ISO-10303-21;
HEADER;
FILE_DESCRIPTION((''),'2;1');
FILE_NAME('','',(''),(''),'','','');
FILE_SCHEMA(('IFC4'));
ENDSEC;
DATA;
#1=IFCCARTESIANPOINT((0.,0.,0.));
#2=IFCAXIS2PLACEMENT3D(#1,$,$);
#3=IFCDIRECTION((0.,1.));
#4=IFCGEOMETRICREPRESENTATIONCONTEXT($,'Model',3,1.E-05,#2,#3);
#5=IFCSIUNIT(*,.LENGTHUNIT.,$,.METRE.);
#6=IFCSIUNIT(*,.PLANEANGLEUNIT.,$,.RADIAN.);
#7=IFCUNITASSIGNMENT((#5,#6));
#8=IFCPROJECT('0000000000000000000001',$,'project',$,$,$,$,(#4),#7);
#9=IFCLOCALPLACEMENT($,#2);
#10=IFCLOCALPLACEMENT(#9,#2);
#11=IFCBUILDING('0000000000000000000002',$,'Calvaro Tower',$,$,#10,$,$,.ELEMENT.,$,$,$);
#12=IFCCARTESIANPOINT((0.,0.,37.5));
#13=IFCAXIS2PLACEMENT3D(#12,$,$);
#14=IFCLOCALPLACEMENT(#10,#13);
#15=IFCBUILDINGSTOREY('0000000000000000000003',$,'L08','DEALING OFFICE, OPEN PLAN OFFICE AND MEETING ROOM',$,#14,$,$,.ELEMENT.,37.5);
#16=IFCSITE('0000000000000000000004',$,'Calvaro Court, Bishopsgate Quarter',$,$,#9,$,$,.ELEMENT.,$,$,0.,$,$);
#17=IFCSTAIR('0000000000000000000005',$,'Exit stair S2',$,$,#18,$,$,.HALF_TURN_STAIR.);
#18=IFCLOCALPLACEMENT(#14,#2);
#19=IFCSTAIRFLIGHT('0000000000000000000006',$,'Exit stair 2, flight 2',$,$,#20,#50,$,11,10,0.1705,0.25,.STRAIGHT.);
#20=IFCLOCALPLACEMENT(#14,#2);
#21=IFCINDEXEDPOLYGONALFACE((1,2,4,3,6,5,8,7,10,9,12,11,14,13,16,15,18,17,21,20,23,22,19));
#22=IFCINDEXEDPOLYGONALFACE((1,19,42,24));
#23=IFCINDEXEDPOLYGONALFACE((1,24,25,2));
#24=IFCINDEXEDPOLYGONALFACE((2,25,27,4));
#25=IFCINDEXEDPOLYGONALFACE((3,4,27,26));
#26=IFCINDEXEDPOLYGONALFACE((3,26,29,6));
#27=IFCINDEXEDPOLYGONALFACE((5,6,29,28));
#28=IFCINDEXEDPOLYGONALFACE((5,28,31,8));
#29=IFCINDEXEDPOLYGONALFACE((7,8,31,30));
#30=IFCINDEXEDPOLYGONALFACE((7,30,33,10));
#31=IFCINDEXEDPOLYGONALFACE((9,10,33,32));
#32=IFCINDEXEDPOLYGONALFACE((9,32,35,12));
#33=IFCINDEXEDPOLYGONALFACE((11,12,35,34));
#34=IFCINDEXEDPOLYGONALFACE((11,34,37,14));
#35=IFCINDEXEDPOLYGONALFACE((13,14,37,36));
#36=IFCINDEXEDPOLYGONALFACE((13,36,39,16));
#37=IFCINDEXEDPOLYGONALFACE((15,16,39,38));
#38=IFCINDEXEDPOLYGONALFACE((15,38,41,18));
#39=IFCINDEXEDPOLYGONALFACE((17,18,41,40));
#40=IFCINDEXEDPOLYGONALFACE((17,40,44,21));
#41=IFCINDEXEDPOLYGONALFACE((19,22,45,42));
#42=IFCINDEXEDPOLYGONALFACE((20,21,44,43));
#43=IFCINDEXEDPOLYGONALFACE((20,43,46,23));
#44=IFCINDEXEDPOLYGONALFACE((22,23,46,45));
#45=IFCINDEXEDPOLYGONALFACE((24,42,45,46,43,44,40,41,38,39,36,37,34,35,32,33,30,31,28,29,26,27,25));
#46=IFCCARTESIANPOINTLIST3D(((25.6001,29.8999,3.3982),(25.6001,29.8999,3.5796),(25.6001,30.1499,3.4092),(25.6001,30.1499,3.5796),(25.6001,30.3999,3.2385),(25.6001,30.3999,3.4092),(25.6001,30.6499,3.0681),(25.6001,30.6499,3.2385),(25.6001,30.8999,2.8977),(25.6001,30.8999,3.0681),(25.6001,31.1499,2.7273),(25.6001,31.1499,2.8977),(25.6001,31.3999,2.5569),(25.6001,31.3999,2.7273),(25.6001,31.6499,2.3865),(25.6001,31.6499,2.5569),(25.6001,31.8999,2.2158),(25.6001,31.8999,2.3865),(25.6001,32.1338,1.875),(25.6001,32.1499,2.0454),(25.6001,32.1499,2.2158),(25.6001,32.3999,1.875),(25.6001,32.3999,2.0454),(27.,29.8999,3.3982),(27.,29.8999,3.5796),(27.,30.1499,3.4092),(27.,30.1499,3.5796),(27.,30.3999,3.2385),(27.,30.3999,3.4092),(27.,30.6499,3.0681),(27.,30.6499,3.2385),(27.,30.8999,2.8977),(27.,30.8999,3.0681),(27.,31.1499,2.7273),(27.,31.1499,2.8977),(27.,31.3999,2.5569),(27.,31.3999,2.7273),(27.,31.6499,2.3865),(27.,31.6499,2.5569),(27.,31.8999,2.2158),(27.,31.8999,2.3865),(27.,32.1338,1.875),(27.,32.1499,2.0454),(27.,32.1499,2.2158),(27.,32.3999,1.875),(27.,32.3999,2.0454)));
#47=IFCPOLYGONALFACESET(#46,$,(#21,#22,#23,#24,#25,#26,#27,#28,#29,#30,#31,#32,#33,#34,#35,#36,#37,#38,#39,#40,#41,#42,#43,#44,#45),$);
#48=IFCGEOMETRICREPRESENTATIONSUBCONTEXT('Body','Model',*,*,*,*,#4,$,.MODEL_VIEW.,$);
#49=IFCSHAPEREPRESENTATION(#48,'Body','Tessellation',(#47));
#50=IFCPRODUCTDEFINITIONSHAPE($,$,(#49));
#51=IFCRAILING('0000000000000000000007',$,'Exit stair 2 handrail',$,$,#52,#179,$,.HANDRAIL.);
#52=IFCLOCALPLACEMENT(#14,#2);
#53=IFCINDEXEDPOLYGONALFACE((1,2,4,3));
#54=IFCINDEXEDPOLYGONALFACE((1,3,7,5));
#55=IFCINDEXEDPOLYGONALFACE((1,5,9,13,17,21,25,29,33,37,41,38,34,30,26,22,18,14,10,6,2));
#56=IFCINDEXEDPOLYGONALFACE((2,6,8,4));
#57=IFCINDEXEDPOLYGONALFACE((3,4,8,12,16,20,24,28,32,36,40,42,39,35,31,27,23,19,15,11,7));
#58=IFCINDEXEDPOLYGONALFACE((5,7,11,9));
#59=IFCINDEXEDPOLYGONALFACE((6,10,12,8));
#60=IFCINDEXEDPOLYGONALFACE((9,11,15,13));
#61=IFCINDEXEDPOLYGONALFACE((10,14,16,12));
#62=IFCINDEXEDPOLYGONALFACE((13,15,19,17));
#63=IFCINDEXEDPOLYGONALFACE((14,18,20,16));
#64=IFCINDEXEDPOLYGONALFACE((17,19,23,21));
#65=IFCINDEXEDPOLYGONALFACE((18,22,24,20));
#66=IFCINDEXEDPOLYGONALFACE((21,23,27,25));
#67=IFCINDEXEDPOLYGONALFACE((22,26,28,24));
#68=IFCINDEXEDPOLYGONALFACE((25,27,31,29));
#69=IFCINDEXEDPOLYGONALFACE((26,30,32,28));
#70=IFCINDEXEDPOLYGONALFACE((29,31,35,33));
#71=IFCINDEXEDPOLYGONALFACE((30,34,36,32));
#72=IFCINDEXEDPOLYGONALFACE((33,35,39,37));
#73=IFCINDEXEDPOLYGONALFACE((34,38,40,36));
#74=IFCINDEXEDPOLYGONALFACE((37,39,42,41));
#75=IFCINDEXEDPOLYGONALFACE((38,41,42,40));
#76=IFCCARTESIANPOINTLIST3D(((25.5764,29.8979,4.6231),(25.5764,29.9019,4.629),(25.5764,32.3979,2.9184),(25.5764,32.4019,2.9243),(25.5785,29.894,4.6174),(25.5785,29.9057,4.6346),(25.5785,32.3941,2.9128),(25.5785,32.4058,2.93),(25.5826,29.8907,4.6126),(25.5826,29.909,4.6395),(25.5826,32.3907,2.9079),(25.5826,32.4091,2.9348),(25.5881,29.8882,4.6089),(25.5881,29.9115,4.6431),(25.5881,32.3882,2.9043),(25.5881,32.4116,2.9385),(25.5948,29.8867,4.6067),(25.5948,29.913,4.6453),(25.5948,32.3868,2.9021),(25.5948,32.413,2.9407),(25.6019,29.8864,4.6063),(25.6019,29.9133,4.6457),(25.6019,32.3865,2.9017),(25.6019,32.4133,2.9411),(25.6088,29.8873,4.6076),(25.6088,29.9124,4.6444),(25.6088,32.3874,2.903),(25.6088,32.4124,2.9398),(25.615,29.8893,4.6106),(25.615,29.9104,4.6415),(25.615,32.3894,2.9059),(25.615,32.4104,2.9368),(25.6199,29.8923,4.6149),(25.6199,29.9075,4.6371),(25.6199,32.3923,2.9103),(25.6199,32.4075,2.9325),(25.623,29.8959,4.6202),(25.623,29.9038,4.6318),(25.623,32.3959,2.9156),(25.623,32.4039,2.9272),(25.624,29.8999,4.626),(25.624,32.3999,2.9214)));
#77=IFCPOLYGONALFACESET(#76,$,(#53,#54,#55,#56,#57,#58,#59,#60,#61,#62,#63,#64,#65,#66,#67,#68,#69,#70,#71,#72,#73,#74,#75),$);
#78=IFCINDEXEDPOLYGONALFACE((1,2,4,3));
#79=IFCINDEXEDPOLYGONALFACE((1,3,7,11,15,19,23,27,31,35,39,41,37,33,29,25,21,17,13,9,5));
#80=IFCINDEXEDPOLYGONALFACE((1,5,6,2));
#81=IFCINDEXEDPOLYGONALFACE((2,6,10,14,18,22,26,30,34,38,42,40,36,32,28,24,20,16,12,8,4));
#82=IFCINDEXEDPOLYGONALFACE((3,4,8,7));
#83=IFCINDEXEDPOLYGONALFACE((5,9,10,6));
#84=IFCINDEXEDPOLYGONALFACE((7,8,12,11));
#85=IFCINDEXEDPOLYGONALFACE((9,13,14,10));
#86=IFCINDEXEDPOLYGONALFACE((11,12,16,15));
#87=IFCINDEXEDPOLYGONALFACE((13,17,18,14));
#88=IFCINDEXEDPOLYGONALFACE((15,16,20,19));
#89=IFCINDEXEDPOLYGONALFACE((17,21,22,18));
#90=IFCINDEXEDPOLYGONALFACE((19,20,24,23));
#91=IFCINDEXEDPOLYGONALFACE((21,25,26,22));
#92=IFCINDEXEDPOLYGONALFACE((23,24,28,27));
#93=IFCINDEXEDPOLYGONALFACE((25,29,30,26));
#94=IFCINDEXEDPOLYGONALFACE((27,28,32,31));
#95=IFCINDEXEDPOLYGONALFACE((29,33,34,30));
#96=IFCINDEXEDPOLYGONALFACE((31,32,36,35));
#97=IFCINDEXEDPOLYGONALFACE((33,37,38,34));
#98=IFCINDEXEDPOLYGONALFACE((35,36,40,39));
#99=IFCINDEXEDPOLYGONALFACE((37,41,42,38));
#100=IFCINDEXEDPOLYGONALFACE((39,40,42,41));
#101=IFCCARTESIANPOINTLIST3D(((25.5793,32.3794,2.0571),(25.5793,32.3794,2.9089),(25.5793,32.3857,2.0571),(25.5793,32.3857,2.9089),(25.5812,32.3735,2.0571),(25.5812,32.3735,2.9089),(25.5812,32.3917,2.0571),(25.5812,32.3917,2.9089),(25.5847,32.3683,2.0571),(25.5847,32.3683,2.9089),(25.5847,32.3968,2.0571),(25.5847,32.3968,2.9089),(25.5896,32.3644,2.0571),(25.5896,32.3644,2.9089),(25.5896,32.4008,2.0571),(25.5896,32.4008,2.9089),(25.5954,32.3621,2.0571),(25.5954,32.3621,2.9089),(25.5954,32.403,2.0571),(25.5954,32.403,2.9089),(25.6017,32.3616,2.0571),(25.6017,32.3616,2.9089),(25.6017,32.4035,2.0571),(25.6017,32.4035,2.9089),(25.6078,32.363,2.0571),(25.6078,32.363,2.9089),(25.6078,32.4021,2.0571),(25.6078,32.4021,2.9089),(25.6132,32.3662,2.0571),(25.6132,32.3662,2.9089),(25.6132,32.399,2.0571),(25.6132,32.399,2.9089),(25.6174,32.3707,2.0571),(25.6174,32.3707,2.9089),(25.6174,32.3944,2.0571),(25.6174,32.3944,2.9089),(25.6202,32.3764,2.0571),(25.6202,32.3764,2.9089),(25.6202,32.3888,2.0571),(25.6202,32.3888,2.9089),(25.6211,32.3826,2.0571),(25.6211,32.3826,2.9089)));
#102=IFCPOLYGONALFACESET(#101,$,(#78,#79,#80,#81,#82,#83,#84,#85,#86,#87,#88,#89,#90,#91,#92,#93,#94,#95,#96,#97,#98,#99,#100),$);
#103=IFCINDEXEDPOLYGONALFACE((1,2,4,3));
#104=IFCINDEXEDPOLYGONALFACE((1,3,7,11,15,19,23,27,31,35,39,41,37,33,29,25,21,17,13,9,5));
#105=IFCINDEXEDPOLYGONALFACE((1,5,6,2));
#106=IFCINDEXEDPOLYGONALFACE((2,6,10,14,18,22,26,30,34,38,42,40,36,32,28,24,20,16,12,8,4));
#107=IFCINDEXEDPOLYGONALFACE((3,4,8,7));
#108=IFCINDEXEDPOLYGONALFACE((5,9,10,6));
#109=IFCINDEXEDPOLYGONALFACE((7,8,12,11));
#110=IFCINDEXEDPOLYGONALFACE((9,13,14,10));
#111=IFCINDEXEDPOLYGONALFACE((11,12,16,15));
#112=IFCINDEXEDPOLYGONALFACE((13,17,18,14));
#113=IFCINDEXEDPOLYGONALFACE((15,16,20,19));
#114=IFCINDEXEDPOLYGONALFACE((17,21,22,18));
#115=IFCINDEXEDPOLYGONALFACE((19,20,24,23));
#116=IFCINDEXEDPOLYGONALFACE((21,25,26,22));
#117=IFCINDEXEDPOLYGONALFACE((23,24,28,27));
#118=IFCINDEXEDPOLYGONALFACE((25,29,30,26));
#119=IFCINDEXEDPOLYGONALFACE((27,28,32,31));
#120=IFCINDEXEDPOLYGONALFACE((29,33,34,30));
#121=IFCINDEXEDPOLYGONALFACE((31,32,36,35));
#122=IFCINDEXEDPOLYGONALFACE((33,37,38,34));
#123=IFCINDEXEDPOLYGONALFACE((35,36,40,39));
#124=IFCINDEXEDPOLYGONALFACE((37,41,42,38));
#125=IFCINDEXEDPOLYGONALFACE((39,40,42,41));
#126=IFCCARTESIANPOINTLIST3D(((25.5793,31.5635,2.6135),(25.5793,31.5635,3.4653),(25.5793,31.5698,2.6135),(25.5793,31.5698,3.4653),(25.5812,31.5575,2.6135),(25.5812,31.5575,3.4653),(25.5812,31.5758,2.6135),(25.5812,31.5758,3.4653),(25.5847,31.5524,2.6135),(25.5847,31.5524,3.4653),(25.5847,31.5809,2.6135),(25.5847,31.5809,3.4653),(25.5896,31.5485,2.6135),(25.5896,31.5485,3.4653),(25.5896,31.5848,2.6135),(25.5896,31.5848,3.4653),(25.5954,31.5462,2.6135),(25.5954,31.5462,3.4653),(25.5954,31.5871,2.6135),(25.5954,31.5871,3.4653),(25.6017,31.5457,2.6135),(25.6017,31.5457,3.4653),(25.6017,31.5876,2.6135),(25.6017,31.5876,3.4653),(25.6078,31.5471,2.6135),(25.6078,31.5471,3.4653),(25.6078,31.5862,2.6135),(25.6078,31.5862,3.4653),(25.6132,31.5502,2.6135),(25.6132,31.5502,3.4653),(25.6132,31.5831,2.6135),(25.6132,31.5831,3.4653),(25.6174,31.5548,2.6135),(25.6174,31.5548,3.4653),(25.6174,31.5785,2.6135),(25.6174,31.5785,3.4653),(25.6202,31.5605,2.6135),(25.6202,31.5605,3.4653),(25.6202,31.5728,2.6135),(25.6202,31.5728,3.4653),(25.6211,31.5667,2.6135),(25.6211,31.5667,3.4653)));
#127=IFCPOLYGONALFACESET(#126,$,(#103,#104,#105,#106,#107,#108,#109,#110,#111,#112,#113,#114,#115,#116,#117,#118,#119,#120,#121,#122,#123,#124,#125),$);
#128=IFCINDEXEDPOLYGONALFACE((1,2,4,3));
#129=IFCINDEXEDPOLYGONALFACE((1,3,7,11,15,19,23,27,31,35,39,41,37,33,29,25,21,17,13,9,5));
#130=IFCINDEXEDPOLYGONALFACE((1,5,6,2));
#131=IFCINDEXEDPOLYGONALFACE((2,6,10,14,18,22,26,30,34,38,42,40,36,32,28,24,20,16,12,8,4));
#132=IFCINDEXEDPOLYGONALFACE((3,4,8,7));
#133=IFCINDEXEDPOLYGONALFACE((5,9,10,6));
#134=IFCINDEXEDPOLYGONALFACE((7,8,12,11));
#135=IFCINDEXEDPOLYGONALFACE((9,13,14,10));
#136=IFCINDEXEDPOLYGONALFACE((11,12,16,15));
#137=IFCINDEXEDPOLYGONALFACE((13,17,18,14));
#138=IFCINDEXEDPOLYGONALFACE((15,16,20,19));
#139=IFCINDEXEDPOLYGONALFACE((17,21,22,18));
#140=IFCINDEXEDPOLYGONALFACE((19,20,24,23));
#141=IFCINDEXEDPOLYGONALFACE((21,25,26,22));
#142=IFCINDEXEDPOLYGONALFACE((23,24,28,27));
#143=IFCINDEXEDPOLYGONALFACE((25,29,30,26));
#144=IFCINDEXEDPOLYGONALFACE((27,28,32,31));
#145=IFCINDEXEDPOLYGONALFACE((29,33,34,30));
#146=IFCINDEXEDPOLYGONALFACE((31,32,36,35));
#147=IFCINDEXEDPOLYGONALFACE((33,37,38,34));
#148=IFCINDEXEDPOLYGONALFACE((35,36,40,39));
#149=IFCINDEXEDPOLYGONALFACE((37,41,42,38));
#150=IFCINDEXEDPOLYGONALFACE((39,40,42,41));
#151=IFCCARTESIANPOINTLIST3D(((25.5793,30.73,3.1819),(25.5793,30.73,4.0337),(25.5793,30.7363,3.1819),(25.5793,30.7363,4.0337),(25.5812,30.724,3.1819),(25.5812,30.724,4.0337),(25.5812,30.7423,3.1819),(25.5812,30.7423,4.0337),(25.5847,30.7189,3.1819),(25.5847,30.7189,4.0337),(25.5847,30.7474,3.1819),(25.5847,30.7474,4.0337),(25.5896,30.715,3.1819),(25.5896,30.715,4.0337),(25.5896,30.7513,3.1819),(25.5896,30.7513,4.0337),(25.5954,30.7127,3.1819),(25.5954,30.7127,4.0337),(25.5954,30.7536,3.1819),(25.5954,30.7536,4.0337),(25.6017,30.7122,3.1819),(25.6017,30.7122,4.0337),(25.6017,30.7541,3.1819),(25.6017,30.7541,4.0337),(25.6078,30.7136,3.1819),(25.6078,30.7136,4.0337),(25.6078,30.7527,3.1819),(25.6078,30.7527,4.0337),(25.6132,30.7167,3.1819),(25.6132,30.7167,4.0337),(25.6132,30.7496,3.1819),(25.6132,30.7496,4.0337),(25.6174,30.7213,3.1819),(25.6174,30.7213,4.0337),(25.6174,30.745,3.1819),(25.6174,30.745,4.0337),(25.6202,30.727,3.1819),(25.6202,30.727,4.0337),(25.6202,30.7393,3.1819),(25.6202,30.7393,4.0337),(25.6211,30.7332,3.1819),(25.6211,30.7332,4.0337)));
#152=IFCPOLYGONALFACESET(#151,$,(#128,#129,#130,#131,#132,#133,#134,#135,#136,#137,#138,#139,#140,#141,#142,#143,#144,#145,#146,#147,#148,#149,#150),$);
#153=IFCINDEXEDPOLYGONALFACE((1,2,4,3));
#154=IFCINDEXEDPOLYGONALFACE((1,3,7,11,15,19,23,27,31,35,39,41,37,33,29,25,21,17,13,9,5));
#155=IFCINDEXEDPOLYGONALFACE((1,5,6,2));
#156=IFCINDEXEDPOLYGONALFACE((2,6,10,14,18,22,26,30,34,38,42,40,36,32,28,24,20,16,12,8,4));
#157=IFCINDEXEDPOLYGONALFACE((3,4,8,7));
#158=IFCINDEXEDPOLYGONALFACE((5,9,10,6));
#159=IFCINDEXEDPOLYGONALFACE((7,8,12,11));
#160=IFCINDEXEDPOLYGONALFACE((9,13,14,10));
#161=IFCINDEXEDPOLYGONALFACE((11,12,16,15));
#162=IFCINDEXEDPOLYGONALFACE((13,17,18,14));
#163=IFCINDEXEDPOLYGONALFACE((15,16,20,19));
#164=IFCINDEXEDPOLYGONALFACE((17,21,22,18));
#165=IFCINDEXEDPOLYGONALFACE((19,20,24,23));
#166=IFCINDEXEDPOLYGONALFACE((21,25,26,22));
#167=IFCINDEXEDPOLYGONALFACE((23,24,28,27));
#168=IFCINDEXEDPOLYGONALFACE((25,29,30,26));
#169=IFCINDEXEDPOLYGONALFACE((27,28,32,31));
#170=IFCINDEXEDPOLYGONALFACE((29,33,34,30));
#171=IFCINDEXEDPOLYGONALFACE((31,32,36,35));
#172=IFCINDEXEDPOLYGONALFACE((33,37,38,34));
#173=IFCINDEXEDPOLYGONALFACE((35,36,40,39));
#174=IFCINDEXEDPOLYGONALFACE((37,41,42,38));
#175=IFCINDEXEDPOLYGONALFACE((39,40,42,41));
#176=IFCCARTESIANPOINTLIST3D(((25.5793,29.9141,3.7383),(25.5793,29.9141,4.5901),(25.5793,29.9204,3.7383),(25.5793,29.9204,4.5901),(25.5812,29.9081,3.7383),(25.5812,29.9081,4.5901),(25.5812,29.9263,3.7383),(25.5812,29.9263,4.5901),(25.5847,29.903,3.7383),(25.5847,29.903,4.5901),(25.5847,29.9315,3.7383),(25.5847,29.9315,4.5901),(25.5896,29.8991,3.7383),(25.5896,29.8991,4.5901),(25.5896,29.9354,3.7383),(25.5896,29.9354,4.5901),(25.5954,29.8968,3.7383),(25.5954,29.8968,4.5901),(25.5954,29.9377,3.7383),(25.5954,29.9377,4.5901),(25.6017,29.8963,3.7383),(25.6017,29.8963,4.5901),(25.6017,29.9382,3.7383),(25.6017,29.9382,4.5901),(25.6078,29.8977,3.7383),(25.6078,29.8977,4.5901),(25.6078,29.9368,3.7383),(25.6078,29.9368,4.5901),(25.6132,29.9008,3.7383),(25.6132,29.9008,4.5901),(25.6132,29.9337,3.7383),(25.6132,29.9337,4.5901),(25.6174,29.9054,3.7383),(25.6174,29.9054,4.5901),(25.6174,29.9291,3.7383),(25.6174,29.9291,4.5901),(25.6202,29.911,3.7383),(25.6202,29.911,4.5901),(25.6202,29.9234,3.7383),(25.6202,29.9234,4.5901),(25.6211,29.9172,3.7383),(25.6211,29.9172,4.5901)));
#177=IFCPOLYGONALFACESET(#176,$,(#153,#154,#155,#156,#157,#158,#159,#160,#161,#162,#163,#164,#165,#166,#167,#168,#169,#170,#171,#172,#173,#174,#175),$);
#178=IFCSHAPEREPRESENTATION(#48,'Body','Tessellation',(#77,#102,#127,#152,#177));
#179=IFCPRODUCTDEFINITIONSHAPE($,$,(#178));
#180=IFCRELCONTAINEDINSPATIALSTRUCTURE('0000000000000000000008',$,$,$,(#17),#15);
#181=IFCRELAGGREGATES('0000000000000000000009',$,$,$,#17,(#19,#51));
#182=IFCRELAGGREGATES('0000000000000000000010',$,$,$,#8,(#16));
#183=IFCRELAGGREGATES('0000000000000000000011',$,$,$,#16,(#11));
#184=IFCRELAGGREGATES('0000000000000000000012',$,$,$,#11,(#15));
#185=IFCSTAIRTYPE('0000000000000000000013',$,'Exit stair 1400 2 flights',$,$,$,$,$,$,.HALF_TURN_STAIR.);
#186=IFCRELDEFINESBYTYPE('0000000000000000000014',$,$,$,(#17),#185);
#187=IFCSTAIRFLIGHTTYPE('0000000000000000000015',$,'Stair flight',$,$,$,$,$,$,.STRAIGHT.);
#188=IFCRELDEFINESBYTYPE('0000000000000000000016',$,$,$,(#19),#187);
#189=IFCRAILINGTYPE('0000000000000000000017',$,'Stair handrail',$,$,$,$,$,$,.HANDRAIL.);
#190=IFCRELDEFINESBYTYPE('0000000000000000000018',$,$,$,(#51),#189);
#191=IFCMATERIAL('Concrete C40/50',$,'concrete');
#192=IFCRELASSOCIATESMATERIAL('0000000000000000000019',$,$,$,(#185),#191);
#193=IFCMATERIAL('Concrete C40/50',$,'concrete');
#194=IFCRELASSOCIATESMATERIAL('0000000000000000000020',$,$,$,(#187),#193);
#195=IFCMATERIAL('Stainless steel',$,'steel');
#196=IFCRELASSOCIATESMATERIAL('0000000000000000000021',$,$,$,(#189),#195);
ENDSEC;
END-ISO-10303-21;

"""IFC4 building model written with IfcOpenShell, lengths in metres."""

from ifc_helpers import new_model, si_unit, direction, frame, origin, origin_2d, place, context, subcontext, project, spatial, polyline, circle, outline, extrude, material, type_object, element, aggregate, save


model = new_model("IFC4")

# Units and contexts
model_context = context("Model", 3, precision=1e-05, world=origin(), true_north=direction((0.0, 1.0)))
body_context = subcontext(model_context, "Body", "Model", "MODEL_VIEW")
ifc_project = project(units=[si_unit("LENGTHUNIT", "METRE"), si_unit("PLANEANGLEUNIT", "RADIAN")], contexts=[model_context])

# Site, building, storey
site_placement = place(None, origin())
site = spatial("IfcSite", under=ifc_project, at=site_placement, Name="Calvaro Court, Bishopsgate Quarter", CompositionType="ELEMENT", RefElevation=0.0)
building_placement = place(site_placement, origin())
building = spatial("IfcBuilding", under=site, at=building_placement, Name="Calvaro Tower", CompositionType="ELEMENT")
storey_placement = place(building_placement, frame((0.0, 0.0, 37.5)))
storey = spatial("IfcBuildingStorey", under=building, at=storey_placement, Name="L08", Description="DEALING OFFICE, OPEN PLAN OFFICE AND MEETING ROOM", CompositionType="ELEMENT", Elevation=37.5)

# Stair, stair flight, railing
ifc_material_1 = material(Name="Concrete C40/50", Category="concrete")
stair_type = type_object("IfcStairType", Name="Exit stair 1400 2 flights", PredefinedType="HALF_TURN_STAIR", material=ifc_material_1)
stair_placement = place(storey_placement, origin())
stair = element("IfcStair", 1, at=stair_placement, inside=storey, type_object=stair_type, Name="Exit stair S2", PredefinedType="HALF_TURN_STAIR")
ifc_material_2 = material(Name="Concrete C40/50", Category="concrete")
stair_flight_type = type_object("IfcStairFlightType", Name="Stair flight", PredefinedType="STRAIGHT", material=ifc_material_2)
stair_flight_1_placement = place(storey_placement, frame((26.3, 32.3999, 1.875), z_axis=(0.0, 0.0, 1.0), x_axis=(0.0, -1.0, 0.0)))
stair_flight_1 = element("IfcStairFlight", 2, at=stair_flight_1_placement, type_object=stair_flight_type, Name="Exit stair 2, flight 2", NumberOfRisers=11, NumberOfTreads=10, PredefinedType="STRAIGHT", RiserHeight=0.1705, TreadLength=0.25, context=body_context, shape_type="SweptSolid", body=[
    extrude(outline(polyline([(0.0, 0.0), (0.0, 0.1704), (0.25, 0.1704), (0.25, 0.3408), (0.5, 0.3408), (0.5, 0.5115), (0.75, 0.5115), (0.75, 0.6819), (1.0, 0.6819), (1.0, 0.8523), (1.25, 0.8523), (1.25, 1.0227), (1.5, 1.0227), (1.5, 1.1931), (1.75, 1.1931), (1.75, 1.3635), (2.0, 1.3635), (2.0, 1.5342), (2.25, 1.5342), (2.25, 1.7046), (2.5, 1.7046), (2.5, 1.875), (2.5, 1.5232), (0.2661, 0.0), (0.0, 0.0)])), frame((0.0, 0.7, 0.0), z_axis=(0.0, -1.0, 0.0), x_axis=(1.0, 0.0, 0.0)), (0.0, 0.0, 1.0), 1.3999),
])
ifc_material_3 = material(Name="Stainless steel", Category="steel")
railing_type = type_object("IfcRailingType", Name="Stair handrail", PredefinedType="HANDRAIL", material=ifc_material_3)
railing_1_placement = place(storey_placement, frame((25.6001, 32.3999, 2.0454)))
railing_1 = element("IfcRailing", 3, at=railing_1_placement, type_object=railing_type, Name="Exit stair 2 handrail", PredefinedType="HANDRAIL", context=body_context, shape_type="SweptSolid", body=[
    extrude(circle(Radius=0.0239, at=origin_2d()), frame((0.0, 0.0, 0.876), z_axis=(0.0, -0.826221, 0.563347), x_axis=(1.0, 0.0, 0.0)), (0.0, 0.0, 1.0), 3.0259),
    extrude(circle(Radius=0.021, at=origin_2d()), frame((0.0, -0.0173, 0.0117)), (0.0, 0.0, 1.0), 0.8518),
    extrude(circle(Radius=0.021, at=origin_2d()), frame((0.0, -0.8333, 0.5681)), (0.0, 0.0, 1.0), 0.8518),
    extrude(circle(Radius=0.021, at=origin_2d()), frame((0.0, -1.6667, 1.1365)), (0.0, 0.0, 1.0), 0.8518),
    extrude(circle(Radius=0.021, at=origin_2d()), frame((0.0, -2.4827, 1.6929)), (0.0, 0.0, 1.0), 0.8518),
])
aggregate(stair, [stair_flight_1, railing_1])

save(model, "model.ifc")
